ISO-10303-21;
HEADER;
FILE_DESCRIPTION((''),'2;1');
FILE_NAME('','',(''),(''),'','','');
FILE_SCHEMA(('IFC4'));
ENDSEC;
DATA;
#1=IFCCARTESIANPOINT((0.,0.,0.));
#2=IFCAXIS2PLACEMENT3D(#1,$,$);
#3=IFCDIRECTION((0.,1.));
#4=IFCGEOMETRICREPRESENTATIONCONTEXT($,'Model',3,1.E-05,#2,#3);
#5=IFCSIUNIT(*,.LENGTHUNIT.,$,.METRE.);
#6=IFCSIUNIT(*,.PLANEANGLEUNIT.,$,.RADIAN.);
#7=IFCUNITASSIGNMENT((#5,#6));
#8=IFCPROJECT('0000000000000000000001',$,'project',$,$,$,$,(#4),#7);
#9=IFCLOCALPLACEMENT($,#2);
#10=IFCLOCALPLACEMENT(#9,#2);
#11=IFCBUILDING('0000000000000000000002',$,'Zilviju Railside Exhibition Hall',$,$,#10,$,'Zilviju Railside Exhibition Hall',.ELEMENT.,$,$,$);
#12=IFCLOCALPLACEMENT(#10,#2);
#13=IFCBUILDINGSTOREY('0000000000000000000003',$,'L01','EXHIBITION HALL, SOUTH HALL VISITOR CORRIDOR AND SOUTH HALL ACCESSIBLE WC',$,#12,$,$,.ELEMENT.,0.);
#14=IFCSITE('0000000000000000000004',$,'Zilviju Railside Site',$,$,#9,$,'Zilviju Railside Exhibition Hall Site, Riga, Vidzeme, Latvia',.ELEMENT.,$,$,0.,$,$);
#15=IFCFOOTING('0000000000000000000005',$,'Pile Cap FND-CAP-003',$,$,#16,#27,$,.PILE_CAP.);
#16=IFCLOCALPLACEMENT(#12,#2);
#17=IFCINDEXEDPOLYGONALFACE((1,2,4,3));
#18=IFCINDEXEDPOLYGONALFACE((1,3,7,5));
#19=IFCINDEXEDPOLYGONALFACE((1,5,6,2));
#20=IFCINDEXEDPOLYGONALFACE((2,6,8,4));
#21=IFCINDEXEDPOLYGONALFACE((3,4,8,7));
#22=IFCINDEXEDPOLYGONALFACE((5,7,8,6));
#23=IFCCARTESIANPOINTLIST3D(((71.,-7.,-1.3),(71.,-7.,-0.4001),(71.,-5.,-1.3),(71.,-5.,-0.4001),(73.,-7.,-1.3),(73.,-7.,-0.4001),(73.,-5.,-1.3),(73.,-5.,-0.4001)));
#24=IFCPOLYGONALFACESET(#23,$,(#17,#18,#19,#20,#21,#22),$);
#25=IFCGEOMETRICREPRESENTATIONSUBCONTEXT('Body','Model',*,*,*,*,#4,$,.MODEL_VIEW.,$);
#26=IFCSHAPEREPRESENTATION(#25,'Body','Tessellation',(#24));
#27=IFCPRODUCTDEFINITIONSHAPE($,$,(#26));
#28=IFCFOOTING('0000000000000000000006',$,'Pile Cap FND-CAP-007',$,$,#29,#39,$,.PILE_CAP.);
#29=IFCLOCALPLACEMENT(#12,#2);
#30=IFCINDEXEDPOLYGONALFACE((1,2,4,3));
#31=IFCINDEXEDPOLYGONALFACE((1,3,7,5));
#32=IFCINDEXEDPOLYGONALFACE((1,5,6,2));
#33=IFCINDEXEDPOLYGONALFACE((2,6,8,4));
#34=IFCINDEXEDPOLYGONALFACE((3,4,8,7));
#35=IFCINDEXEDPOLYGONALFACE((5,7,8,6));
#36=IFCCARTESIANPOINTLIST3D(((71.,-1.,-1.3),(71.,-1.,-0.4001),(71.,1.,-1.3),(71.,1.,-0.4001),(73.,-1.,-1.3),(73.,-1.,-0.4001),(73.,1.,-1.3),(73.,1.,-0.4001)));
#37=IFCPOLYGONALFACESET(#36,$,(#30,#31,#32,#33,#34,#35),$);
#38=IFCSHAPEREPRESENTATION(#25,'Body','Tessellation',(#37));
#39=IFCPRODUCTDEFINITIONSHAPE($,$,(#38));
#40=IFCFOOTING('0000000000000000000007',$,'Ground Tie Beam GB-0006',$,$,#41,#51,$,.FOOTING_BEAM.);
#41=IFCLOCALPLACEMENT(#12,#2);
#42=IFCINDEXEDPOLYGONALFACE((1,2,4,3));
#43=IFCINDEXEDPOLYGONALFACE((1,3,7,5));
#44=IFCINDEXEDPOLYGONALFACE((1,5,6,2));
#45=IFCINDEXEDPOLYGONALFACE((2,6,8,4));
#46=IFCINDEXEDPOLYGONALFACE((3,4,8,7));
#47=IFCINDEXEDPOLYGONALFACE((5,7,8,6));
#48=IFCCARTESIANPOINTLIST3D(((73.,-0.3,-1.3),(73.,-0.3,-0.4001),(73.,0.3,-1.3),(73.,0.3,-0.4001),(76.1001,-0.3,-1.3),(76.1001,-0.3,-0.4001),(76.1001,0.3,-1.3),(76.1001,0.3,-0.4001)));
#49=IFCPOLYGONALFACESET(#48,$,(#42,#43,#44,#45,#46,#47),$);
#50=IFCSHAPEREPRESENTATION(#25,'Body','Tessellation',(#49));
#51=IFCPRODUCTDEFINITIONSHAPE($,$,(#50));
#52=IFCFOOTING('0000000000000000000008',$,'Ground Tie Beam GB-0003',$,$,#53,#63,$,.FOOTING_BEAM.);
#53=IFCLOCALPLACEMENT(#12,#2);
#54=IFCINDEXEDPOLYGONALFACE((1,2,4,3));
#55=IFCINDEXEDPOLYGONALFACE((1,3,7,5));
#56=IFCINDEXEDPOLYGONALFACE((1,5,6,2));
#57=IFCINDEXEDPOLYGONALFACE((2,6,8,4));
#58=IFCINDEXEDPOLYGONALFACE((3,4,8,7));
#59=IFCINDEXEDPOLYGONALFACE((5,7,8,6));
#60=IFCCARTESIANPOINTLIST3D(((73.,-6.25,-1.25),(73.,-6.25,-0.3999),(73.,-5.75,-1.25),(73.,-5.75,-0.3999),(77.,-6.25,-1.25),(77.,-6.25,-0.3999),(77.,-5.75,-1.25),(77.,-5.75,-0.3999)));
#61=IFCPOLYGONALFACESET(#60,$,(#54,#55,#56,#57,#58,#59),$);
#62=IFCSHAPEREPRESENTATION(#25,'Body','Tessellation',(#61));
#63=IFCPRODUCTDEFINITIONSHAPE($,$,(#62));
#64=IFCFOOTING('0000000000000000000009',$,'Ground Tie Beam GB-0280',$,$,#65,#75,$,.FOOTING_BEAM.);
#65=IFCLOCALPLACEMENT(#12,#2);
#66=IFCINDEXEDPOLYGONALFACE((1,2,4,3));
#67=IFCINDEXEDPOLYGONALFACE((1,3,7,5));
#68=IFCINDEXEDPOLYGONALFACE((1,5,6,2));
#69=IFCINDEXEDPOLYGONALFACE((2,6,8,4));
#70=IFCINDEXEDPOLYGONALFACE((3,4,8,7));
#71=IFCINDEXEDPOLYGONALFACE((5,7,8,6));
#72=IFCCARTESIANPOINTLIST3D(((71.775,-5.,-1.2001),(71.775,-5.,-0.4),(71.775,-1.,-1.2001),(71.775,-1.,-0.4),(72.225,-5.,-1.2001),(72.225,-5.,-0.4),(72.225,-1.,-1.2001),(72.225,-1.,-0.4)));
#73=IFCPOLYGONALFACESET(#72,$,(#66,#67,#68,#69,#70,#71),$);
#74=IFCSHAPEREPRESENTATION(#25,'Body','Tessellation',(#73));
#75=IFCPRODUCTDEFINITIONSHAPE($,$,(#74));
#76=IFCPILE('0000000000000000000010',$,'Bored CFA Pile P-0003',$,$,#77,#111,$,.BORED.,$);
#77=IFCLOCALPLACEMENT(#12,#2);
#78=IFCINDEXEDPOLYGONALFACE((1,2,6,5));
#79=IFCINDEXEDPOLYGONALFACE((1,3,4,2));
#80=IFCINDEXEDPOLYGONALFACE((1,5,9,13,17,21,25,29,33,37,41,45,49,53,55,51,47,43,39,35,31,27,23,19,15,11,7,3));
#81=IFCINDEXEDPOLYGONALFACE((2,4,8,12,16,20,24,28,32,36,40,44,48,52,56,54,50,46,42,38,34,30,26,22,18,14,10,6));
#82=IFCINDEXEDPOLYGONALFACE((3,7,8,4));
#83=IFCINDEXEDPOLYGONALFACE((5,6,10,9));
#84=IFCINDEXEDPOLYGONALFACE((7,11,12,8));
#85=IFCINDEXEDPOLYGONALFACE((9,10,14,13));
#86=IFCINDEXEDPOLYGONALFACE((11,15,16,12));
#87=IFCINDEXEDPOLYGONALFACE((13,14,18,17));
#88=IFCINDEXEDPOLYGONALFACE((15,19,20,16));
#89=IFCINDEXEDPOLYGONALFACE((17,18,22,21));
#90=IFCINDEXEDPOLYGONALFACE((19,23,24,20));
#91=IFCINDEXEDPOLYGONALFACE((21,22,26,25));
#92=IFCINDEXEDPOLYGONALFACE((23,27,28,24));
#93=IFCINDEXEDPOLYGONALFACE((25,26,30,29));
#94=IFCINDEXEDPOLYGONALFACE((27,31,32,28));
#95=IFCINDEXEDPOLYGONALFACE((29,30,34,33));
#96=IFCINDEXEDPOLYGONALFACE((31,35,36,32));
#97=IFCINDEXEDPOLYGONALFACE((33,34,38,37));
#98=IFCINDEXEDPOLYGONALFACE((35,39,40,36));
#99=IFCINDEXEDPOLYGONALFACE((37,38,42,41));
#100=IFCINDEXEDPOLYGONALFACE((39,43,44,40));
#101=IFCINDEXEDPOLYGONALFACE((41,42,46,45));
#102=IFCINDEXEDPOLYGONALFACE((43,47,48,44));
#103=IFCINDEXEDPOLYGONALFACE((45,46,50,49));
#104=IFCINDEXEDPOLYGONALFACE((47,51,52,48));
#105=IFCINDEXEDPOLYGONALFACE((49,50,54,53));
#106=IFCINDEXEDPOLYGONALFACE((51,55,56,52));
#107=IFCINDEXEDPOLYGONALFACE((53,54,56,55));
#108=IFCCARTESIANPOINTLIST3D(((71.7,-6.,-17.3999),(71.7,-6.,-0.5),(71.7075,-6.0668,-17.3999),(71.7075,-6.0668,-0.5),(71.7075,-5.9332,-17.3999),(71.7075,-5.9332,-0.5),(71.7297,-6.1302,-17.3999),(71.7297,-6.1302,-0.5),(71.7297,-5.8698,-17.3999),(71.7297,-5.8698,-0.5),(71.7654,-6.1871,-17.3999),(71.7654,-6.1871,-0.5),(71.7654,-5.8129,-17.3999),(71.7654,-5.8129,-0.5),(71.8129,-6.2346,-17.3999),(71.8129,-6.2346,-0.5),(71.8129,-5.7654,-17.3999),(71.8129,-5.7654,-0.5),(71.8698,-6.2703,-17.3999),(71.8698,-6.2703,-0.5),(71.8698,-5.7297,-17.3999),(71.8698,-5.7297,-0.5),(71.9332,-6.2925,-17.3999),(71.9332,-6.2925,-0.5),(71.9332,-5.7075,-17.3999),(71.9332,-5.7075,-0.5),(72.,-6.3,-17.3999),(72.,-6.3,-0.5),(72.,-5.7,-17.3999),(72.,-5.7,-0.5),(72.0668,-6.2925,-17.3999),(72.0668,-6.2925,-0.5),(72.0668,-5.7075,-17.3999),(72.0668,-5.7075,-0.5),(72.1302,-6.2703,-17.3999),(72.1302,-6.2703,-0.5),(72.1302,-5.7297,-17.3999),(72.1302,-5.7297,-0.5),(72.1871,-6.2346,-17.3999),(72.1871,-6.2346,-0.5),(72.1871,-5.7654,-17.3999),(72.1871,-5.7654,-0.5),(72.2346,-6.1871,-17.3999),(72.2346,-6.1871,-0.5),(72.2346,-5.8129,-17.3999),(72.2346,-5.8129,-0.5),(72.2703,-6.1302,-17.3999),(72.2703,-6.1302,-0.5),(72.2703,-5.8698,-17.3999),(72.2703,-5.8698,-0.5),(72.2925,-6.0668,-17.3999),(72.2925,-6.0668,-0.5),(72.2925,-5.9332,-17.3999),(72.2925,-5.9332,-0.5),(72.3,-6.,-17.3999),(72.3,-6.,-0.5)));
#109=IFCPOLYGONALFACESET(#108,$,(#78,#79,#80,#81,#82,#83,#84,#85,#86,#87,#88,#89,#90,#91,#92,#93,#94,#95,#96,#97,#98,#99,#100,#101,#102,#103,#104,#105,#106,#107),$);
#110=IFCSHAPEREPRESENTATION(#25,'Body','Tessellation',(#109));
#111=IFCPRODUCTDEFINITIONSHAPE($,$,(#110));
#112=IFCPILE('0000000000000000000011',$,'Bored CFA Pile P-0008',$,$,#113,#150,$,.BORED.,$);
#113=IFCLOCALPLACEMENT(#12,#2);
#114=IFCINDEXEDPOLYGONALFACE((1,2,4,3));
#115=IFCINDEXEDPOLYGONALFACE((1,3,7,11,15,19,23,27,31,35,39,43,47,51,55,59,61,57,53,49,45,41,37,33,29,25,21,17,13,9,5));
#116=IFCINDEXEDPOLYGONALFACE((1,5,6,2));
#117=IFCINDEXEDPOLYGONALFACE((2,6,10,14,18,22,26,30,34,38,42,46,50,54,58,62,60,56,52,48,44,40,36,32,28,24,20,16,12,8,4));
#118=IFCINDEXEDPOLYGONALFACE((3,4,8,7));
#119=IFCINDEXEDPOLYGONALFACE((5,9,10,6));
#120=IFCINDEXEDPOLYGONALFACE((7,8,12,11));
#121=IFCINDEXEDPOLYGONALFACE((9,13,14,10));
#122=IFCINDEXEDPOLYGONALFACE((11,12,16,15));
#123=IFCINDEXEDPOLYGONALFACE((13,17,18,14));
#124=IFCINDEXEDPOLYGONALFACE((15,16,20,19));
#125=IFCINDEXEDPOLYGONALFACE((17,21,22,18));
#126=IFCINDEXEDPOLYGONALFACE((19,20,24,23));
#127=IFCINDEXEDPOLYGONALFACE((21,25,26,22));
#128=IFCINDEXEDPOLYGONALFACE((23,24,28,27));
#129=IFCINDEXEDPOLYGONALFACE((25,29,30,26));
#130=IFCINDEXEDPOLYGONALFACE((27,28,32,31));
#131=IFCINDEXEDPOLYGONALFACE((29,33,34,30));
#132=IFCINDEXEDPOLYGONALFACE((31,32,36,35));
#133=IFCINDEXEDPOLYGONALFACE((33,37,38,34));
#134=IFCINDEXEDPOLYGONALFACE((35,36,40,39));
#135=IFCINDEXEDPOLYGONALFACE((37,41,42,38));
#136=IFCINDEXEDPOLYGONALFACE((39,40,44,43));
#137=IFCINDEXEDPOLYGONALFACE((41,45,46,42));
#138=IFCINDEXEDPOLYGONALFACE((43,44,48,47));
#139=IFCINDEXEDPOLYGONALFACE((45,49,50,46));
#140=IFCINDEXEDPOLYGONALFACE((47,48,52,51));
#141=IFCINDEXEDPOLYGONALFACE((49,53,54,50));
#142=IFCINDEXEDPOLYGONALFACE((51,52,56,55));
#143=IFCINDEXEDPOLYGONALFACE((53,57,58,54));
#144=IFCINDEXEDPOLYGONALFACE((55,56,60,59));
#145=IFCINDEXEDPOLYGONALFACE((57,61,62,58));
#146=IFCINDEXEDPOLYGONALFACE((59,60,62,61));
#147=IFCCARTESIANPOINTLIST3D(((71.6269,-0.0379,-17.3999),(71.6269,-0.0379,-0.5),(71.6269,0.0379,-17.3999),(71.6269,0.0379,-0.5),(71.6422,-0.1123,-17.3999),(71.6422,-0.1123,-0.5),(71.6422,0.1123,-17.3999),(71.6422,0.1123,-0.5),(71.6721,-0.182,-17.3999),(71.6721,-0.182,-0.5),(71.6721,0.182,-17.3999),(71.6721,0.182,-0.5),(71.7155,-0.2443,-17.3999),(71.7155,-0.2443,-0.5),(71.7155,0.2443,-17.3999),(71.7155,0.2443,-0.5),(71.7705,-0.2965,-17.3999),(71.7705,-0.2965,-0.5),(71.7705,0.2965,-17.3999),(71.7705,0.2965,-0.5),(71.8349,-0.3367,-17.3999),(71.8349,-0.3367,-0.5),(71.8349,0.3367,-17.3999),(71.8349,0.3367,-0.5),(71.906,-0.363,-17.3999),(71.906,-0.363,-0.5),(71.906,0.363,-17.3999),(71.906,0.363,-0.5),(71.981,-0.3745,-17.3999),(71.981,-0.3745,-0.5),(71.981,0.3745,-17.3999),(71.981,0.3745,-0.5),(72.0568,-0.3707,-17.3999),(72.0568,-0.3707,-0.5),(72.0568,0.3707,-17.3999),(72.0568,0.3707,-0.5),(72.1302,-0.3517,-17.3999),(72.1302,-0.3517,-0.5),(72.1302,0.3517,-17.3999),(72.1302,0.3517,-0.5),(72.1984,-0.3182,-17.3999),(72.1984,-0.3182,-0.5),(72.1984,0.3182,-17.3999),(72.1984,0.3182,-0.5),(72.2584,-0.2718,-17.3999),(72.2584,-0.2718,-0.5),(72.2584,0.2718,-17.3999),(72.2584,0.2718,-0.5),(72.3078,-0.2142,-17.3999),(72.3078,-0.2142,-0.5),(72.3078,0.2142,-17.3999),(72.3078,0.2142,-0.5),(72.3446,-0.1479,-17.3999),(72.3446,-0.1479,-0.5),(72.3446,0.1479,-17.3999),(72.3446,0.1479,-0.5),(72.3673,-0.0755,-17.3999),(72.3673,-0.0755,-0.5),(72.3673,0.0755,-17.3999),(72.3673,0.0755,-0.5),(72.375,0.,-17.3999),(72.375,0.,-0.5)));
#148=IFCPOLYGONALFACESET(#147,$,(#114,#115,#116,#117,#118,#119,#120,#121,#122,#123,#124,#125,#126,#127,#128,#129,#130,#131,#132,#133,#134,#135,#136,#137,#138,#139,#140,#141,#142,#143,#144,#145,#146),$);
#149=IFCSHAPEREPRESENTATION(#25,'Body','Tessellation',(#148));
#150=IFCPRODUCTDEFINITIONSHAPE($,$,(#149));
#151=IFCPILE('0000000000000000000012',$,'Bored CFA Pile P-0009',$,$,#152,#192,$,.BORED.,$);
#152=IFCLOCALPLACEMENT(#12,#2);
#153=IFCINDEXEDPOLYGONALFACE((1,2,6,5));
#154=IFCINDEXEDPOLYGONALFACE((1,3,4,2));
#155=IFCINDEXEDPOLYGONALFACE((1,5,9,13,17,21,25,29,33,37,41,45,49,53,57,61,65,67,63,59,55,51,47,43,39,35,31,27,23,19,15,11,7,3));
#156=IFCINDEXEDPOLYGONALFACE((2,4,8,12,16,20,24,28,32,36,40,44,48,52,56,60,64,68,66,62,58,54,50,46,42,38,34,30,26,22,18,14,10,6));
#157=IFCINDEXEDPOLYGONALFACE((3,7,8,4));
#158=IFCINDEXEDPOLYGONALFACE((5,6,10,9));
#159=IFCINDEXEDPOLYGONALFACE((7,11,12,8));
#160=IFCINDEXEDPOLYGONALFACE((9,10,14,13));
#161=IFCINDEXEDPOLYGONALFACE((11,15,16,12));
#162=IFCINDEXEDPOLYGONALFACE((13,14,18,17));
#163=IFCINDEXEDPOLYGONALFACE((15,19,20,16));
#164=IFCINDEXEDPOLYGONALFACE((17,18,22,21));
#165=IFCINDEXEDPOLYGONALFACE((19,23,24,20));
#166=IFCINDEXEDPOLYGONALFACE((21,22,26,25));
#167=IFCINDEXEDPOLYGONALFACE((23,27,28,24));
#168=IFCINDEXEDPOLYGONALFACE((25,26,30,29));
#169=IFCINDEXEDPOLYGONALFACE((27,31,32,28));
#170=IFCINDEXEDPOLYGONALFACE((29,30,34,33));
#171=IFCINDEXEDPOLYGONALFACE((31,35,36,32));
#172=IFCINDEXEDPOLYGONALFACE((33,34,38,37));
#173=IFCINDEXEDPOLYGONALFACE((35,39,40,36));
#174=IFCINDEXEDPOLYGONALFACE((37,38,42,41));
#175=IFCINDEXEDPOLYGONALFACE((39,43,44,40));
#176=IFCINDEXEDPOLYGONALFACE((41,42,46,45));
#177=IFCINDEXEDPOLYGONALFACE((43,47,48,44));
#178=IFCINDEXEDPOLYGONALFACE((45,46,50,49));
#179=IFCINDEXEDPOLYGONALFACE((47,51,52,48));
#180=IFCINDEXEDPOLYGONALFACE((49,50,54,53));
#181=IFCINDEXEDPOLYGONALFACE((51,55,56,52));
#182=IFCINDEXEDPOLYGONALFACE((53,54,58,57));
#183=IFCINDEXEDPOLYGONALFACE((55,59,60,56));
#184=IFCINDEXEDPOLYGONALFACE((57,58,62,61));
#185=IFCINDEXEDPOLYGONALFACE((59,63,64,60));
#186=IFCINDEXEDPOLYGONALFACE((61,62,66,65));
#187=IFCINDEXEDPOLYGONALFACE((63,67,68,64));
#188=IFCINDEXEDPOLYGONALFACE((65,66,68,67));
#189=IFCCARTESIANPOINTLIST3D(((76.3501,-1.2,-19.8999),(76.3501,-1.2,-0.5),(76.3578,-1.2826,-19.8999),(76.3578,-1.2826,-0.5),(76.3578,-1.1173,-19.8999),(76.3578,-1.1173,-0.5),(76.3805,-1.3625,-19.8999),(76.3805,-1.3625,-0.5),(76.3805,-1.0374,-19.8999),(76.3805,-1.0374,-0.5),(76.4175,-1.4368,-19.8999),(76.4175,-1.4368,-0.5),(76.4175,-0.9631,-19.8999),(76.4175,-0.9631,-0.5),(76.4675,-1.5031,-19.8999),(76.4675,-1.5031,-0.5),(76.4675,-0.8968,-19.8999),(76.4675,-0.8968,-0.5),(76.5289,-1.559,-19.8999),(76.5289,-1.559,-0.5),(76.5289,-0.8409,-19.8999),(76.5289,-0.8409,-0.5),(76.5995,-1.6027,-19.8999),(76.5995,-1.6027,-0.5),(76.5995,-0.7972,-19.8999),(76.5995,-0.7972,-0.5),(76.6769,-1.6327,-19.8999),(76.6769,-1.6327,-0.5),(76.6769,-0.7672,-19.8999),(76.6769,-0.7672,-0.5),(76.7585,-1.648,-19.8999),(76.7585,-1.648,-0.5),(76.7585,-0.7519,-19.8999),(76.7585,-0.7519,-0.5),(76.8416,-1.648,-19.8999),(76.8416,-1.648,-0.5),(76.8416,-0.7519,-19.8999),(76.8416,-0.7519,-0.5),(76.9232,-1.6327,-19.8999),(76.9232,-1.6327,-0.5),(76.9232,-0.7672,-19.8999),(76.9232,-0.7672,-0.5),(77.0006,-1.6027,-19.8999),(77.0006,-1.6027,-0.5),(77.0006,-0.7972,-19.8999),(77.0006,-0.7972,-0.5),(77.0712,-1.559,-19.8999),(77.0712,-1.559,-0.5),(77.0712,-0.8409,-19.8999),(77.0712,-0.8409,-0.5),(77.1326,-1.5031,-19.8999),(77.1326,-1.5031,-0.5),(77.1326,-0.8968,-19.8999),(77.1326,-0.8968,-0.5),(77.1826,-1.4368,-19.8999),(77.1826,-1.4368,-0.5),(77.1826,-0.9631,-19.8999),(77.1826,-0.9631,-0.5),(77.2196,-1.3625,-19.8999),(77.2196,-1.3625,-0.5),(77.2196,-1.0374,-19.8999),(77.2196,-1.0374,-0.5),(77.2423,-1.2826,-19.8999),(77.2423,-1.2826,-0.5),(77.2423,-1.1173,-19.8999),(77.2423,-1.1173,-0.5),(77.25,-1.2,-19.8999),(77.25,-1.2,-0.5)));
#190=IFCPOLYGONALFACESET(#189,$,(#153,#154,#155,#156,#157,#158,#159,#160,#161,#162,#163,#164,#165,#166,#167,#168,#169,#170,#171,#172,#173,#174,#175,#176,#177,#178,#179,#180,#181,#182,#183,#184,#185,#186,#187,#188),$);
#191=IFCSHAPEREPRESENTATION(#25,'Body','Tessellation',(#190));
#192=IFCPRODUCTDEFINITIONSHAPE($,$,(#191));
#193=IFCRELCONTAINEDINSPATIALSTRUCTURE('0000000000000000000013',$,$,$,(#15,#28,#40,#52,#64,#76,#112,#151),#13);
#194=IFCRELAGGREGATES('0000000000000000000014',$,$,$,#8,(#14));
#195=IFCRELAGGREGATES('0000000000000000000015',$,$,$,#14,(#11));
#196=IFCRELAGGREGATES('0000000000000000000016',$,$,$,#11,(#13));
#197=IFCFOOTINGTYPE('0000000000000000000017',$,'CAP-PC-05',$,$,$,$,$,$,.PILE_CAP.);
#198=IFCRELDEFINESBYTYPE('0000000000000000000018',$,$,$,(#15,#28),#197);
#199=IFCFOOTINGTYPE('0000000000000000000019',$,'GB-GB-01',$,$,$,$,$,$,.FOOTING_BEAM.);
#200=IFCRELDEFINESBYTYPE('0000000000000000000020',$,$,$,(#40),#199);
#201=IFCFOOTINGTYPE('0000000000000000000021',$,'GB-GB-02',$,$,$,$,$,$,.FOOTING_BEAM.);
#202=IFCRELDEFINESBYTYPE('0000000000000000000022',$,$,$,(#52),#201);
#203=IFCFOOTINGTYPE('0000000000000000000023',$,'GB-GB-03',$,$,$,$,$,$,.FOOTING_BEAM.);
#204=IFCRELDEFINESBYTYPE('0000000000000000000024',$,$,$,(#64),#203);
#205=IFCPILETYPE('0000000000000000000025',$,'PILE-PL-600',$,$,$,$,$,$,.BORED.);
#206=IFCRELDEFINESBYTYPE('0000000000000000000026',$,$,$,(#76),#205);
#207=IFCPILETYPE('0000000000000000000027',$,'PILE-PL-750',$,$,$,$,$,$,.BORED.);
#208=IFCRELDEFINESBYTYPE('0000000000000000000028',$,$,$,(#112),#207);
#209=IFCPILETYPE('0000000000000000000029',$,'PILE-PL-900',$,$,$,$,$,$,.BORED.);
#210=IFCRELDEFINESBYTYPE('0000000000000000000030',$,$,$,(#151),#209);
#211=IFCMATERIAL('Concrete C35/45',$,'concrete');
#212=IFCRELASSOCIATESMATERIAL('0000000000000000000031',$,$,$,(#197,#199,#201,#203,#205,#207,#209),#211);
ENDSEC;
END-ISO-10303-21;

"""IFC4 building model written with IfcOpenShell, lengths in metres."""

from ifc_helpers import new_model, si_unit, direction, frame, origin, origin_2d, place, context, subcontext, project, spatial, rectangle, circle, extrude, material, material_profile, profile_set, type_object, element, save


model = new_model("IFC4")

# Units and contexts
model_context = context("Model", 3, precision=1e-05, world=origin(), true_north=direction((0.0, 1.0)))
body_context = subcontext(model_context, "Body", "Model", "MODEL_VIEW")
ifc_project = project(units=[si_unit("LENGTHUNIT", "METRE"), si_unit("PLANEANGLEUNIT", "RADIAN")], contexts=[model_context])

# Site, building, storey
site_placement = place(None, origin())
site = spatial("IfcSite", under=ifc_project, at=site_placement, Name="Zilviju Railside Site", LongName="Zilviju Railside Exhibition Hall Site, Riga, Vidzeme, Latvia", CompositionType="ELEMENT", RefElevation=0.0)
building_placement = place(site_placement, origin())
building = spatial("IfcBuilding", under=site, at=building_placement, Name="Zilviju Railside Exhibition Hall", LongName="Zilviju Railside Exhibition Hall", CompositionType="ELEMENT")
storey_placement = place(building_placement, origin())
storey = spatial("IfcBuildingStorey", under=building, at=storey_placement, Name="L01", Description="EXHIBITION HALL, SOUTH HALL VISITOR CORRIDOR AND SOUTH HALL ACCESSIBLE WC", CompositionType="ELEMENT", Elevation=0.0)

# Footings
ifc_material_1 = material(Name="Concrete C35/45", Category="concrete")
footing_type_1 = type_object("IfcFootingType", Name="CAP-PC-05", PredefinedType="PILE_CAP", material=ifc_material_1)
for number, where, z_axis, x_axis, name in (
    (1, (72.0, -6.0, -1.3), (0.0, 0.0, 1.0), (1.0, 0.0, 0.0), "Pile Cap FND-CAP-003"),
    (2, (72.0, 0.0, -1.3), (0.0, 0.0, 1.0), (1.0, 0.0, 0.0), "Pile Cap FND-CAP-007"),
):
    element("IfcFooting", number, at=place(storey_placement, frame(where, z_axis=z_axis, x_axis=x_axis)), inside=storey, type_object=footing_type_1, Name=name, PredefinedType="PILE_CAP", context=body_context, shape_type="SweptSolid", body=[
        extrude(rectangle(XDim=2.0, YDim=2.0, at=origin_2d()), origin(), (0.0, 0.0, 1.0), 0.8999),
    ])
ifc_material_profile_1 = material_profile(ifc_material_1, rectangle(XDim=0.6001, YDim=0.8999, at=origin_2d()), Name="TIE BEAM 600x900")
ifc_profile_set_1 = profile_set([ifc_material_profile_1], Name="Concrete C35/45")
footing_type_2 = type_object("IfcFootingType", Name="GB-GB-01", PredefinedType="FOOTING_BEAM", material=ifc_profile_set_1)
footing_1_placement = place(storey_placement, frame((73.0, 0.0, -0.8501), z_axis=(1.0, 0.0, 0.0), x_axis=(0.0, 1.0, 0.0)))
element("IfcFooting", 3, at=footing_1_placement, inside=storey, type_object=footing_type_2, Name="Ground Tie Beam GB-0006", PredefinedType="FOOTING_BEAM", context=body_context, shape_type="SweptSolid", body=[
    extrude(rectangle(XDim=0.6001, YDim=0.8999, at=origin_2d()), origin(), (0.0, 0.0, 1.0), 3.1001),
])
ifc_material_profile_2 = material_profile(ifc_material_1, rectangle(XDim=0.5, YDim=0.8501, at=origin_2d()), Name="TIE BEAM 500x850")
ifc_profile_set_2 = profile_set([ifc_material_profile_2], Name="Concrete C35/45")
footing_type_3 = type_object("IfcFootingType", Name="GB-GB-02", PredefinedType="FOOTING_BEAM", material=ifc_profile_set_2)
footing_2_placement = place(storey_placement, frame((73.0, -6.0, -0.825), z_axis=(1.0, 0.0, 0.0), x_axis=(0.0, 1.0, 0.0)))
element("IfcFooting", 4, at=footing_2_placement, inside=storey, type_object=footing_type_3, Name="Ground Tie Beam GB-0003", PredefinedType="FOOTING_BEAM", context=body_context, shape_type="SweptSolid", body=[
    extrude(rectangle(XDim=0.5, YDim=0.8501, at=origin_2d()), origin(), (0.0, 0.0, 1.0), 4.0),
])
ifc_material_profile_3 = material_profile(ifc_material_1, rectangle(XDim=0.45, YDim=0.8, at=origin_2d()), Name="TIE BEAM 450x800")
ifc_profile_set_3 = profile_set([ifc_material_profile_3], Name="Concrete C35/45")
footing_type_4 = type_object("IfcFootingType", Name="GB-GB-03", PredefinedType="FOOTING_BEAM", material=ifc_profile_set_3)
footing_3_placement = place(storey_placement, frame((72.0, -5.0, -0.8), z_axis=(0.0, 1.0, 0.0), x_axis=(-1.0, 0.0, 0.0)))
element("IfcFooting", 5, at=footing_3_placement, inside=storey, type_object=footing_type_4, Name="Ground Tie Beam GB-0280", PredefinedType="FOOTING_BEAM", context=body_context, shape_type="SweptSolid", body=[
    extrude(rectangle(XDim=0.45, YDim=0.8, at=origin_2d()), origin(), (0.0, 0.0, 1.0), 4.0),
])

# Piles
ifc_material_profile_4 = material_profile(ifc_material_1, circle(Radius=0.3, at=origin_2d()), Name="CFA PILE D600")
ifc_profile_set_4 = profile_set([ifc_material_profile_4], Name="Concrete C35/45")
pile_type_1 = type_object("IfcPileType", Name="PILE-PL-600", PredefinedType="BORED", material=ifc_profile_set_4)
pile_1_placement = place(storey_placement, frame((72.0, -6.0, -0.5), z_axis=(0.0, 0.0, -1.0), x_axis=(1.0, 0.0, 0.0)))
element("IfcPile", 6, at=pile_1_placement, inside=storey, type_object=pile_type_1, Name="Bored CFA Pile P-0003", PredefinedType="BORED", context=body_context, shape_type="SweptSolid", body=[
    extrude(circle(Radius=0.3, at=origin_2d()), origin(), (0.0, 0.0, 1.0), 16.8999),
])
ifc_material_profile_5 = material_profile(ifc_material_1, circle(Radius=0.375, at=origin_2d()), Name="CFA PILE D750")
ifc_profile_set_5 = profile_set([ifc_material_profile_5], Name="Concrete C35/45")
pile_type_2 = type_object("IfcPileType", Name="PILE-PL-750", PredefinedType="BORED", material=ifc_profile_set_5)
pile_2_placement = place(storey_placement, frame((72.0, 0.0, -0.5), z_axis=(0.0, 0.0, -1.0), x_axis=(1.0, 0.0, 0.0)))
element("IfcPile", 7, at=pile_2_placement, inside=storey, type_object=pile_type_2, Name="Bored CFA Pile P-0008", PredefinedType="BORED", context=body_context, shape_type="SweptSolid", body=[
    extrude(circle(Radius=0.375, at=origin_2d()), origin(), (0.0, 0.0, 1.0), 16.8999),
])
ifc_material_profile_6 = material_profile(ifc_material_1, circle(Radius=0.45, at=origin_2d()), Name="CFA PILE D900")
ifc_profile_set_6 = profile_set([ifc_material_profile_6], Name="Concrete C35/45")
pile_type_3 = type_object("IfcPileType", Name="PILE-PL-900", PredefinedType="BORED", material=ifc_profile_set_6)
pile_3_placement = place(storey_placement, frame((76.8, -1.2, -0.5), z_axis=(0.0, 0.0, -1.0), x_axis=(1.0, 0.0, 0.0)))
element("IfcPile", 8, at=pile_3_placement, inside=storey, type_object=pile_type_3, Name="Bored CFA Pile P-0009", PredefinedType="BORED", context=body_context, shape_type="SweptSolid", body=[
    extrude(circle(Radius=0.45, at=origin_2d()), origin(), (0.0, 0.0, 1.0), 19.3999),
])

save(model, "model.ifc")
